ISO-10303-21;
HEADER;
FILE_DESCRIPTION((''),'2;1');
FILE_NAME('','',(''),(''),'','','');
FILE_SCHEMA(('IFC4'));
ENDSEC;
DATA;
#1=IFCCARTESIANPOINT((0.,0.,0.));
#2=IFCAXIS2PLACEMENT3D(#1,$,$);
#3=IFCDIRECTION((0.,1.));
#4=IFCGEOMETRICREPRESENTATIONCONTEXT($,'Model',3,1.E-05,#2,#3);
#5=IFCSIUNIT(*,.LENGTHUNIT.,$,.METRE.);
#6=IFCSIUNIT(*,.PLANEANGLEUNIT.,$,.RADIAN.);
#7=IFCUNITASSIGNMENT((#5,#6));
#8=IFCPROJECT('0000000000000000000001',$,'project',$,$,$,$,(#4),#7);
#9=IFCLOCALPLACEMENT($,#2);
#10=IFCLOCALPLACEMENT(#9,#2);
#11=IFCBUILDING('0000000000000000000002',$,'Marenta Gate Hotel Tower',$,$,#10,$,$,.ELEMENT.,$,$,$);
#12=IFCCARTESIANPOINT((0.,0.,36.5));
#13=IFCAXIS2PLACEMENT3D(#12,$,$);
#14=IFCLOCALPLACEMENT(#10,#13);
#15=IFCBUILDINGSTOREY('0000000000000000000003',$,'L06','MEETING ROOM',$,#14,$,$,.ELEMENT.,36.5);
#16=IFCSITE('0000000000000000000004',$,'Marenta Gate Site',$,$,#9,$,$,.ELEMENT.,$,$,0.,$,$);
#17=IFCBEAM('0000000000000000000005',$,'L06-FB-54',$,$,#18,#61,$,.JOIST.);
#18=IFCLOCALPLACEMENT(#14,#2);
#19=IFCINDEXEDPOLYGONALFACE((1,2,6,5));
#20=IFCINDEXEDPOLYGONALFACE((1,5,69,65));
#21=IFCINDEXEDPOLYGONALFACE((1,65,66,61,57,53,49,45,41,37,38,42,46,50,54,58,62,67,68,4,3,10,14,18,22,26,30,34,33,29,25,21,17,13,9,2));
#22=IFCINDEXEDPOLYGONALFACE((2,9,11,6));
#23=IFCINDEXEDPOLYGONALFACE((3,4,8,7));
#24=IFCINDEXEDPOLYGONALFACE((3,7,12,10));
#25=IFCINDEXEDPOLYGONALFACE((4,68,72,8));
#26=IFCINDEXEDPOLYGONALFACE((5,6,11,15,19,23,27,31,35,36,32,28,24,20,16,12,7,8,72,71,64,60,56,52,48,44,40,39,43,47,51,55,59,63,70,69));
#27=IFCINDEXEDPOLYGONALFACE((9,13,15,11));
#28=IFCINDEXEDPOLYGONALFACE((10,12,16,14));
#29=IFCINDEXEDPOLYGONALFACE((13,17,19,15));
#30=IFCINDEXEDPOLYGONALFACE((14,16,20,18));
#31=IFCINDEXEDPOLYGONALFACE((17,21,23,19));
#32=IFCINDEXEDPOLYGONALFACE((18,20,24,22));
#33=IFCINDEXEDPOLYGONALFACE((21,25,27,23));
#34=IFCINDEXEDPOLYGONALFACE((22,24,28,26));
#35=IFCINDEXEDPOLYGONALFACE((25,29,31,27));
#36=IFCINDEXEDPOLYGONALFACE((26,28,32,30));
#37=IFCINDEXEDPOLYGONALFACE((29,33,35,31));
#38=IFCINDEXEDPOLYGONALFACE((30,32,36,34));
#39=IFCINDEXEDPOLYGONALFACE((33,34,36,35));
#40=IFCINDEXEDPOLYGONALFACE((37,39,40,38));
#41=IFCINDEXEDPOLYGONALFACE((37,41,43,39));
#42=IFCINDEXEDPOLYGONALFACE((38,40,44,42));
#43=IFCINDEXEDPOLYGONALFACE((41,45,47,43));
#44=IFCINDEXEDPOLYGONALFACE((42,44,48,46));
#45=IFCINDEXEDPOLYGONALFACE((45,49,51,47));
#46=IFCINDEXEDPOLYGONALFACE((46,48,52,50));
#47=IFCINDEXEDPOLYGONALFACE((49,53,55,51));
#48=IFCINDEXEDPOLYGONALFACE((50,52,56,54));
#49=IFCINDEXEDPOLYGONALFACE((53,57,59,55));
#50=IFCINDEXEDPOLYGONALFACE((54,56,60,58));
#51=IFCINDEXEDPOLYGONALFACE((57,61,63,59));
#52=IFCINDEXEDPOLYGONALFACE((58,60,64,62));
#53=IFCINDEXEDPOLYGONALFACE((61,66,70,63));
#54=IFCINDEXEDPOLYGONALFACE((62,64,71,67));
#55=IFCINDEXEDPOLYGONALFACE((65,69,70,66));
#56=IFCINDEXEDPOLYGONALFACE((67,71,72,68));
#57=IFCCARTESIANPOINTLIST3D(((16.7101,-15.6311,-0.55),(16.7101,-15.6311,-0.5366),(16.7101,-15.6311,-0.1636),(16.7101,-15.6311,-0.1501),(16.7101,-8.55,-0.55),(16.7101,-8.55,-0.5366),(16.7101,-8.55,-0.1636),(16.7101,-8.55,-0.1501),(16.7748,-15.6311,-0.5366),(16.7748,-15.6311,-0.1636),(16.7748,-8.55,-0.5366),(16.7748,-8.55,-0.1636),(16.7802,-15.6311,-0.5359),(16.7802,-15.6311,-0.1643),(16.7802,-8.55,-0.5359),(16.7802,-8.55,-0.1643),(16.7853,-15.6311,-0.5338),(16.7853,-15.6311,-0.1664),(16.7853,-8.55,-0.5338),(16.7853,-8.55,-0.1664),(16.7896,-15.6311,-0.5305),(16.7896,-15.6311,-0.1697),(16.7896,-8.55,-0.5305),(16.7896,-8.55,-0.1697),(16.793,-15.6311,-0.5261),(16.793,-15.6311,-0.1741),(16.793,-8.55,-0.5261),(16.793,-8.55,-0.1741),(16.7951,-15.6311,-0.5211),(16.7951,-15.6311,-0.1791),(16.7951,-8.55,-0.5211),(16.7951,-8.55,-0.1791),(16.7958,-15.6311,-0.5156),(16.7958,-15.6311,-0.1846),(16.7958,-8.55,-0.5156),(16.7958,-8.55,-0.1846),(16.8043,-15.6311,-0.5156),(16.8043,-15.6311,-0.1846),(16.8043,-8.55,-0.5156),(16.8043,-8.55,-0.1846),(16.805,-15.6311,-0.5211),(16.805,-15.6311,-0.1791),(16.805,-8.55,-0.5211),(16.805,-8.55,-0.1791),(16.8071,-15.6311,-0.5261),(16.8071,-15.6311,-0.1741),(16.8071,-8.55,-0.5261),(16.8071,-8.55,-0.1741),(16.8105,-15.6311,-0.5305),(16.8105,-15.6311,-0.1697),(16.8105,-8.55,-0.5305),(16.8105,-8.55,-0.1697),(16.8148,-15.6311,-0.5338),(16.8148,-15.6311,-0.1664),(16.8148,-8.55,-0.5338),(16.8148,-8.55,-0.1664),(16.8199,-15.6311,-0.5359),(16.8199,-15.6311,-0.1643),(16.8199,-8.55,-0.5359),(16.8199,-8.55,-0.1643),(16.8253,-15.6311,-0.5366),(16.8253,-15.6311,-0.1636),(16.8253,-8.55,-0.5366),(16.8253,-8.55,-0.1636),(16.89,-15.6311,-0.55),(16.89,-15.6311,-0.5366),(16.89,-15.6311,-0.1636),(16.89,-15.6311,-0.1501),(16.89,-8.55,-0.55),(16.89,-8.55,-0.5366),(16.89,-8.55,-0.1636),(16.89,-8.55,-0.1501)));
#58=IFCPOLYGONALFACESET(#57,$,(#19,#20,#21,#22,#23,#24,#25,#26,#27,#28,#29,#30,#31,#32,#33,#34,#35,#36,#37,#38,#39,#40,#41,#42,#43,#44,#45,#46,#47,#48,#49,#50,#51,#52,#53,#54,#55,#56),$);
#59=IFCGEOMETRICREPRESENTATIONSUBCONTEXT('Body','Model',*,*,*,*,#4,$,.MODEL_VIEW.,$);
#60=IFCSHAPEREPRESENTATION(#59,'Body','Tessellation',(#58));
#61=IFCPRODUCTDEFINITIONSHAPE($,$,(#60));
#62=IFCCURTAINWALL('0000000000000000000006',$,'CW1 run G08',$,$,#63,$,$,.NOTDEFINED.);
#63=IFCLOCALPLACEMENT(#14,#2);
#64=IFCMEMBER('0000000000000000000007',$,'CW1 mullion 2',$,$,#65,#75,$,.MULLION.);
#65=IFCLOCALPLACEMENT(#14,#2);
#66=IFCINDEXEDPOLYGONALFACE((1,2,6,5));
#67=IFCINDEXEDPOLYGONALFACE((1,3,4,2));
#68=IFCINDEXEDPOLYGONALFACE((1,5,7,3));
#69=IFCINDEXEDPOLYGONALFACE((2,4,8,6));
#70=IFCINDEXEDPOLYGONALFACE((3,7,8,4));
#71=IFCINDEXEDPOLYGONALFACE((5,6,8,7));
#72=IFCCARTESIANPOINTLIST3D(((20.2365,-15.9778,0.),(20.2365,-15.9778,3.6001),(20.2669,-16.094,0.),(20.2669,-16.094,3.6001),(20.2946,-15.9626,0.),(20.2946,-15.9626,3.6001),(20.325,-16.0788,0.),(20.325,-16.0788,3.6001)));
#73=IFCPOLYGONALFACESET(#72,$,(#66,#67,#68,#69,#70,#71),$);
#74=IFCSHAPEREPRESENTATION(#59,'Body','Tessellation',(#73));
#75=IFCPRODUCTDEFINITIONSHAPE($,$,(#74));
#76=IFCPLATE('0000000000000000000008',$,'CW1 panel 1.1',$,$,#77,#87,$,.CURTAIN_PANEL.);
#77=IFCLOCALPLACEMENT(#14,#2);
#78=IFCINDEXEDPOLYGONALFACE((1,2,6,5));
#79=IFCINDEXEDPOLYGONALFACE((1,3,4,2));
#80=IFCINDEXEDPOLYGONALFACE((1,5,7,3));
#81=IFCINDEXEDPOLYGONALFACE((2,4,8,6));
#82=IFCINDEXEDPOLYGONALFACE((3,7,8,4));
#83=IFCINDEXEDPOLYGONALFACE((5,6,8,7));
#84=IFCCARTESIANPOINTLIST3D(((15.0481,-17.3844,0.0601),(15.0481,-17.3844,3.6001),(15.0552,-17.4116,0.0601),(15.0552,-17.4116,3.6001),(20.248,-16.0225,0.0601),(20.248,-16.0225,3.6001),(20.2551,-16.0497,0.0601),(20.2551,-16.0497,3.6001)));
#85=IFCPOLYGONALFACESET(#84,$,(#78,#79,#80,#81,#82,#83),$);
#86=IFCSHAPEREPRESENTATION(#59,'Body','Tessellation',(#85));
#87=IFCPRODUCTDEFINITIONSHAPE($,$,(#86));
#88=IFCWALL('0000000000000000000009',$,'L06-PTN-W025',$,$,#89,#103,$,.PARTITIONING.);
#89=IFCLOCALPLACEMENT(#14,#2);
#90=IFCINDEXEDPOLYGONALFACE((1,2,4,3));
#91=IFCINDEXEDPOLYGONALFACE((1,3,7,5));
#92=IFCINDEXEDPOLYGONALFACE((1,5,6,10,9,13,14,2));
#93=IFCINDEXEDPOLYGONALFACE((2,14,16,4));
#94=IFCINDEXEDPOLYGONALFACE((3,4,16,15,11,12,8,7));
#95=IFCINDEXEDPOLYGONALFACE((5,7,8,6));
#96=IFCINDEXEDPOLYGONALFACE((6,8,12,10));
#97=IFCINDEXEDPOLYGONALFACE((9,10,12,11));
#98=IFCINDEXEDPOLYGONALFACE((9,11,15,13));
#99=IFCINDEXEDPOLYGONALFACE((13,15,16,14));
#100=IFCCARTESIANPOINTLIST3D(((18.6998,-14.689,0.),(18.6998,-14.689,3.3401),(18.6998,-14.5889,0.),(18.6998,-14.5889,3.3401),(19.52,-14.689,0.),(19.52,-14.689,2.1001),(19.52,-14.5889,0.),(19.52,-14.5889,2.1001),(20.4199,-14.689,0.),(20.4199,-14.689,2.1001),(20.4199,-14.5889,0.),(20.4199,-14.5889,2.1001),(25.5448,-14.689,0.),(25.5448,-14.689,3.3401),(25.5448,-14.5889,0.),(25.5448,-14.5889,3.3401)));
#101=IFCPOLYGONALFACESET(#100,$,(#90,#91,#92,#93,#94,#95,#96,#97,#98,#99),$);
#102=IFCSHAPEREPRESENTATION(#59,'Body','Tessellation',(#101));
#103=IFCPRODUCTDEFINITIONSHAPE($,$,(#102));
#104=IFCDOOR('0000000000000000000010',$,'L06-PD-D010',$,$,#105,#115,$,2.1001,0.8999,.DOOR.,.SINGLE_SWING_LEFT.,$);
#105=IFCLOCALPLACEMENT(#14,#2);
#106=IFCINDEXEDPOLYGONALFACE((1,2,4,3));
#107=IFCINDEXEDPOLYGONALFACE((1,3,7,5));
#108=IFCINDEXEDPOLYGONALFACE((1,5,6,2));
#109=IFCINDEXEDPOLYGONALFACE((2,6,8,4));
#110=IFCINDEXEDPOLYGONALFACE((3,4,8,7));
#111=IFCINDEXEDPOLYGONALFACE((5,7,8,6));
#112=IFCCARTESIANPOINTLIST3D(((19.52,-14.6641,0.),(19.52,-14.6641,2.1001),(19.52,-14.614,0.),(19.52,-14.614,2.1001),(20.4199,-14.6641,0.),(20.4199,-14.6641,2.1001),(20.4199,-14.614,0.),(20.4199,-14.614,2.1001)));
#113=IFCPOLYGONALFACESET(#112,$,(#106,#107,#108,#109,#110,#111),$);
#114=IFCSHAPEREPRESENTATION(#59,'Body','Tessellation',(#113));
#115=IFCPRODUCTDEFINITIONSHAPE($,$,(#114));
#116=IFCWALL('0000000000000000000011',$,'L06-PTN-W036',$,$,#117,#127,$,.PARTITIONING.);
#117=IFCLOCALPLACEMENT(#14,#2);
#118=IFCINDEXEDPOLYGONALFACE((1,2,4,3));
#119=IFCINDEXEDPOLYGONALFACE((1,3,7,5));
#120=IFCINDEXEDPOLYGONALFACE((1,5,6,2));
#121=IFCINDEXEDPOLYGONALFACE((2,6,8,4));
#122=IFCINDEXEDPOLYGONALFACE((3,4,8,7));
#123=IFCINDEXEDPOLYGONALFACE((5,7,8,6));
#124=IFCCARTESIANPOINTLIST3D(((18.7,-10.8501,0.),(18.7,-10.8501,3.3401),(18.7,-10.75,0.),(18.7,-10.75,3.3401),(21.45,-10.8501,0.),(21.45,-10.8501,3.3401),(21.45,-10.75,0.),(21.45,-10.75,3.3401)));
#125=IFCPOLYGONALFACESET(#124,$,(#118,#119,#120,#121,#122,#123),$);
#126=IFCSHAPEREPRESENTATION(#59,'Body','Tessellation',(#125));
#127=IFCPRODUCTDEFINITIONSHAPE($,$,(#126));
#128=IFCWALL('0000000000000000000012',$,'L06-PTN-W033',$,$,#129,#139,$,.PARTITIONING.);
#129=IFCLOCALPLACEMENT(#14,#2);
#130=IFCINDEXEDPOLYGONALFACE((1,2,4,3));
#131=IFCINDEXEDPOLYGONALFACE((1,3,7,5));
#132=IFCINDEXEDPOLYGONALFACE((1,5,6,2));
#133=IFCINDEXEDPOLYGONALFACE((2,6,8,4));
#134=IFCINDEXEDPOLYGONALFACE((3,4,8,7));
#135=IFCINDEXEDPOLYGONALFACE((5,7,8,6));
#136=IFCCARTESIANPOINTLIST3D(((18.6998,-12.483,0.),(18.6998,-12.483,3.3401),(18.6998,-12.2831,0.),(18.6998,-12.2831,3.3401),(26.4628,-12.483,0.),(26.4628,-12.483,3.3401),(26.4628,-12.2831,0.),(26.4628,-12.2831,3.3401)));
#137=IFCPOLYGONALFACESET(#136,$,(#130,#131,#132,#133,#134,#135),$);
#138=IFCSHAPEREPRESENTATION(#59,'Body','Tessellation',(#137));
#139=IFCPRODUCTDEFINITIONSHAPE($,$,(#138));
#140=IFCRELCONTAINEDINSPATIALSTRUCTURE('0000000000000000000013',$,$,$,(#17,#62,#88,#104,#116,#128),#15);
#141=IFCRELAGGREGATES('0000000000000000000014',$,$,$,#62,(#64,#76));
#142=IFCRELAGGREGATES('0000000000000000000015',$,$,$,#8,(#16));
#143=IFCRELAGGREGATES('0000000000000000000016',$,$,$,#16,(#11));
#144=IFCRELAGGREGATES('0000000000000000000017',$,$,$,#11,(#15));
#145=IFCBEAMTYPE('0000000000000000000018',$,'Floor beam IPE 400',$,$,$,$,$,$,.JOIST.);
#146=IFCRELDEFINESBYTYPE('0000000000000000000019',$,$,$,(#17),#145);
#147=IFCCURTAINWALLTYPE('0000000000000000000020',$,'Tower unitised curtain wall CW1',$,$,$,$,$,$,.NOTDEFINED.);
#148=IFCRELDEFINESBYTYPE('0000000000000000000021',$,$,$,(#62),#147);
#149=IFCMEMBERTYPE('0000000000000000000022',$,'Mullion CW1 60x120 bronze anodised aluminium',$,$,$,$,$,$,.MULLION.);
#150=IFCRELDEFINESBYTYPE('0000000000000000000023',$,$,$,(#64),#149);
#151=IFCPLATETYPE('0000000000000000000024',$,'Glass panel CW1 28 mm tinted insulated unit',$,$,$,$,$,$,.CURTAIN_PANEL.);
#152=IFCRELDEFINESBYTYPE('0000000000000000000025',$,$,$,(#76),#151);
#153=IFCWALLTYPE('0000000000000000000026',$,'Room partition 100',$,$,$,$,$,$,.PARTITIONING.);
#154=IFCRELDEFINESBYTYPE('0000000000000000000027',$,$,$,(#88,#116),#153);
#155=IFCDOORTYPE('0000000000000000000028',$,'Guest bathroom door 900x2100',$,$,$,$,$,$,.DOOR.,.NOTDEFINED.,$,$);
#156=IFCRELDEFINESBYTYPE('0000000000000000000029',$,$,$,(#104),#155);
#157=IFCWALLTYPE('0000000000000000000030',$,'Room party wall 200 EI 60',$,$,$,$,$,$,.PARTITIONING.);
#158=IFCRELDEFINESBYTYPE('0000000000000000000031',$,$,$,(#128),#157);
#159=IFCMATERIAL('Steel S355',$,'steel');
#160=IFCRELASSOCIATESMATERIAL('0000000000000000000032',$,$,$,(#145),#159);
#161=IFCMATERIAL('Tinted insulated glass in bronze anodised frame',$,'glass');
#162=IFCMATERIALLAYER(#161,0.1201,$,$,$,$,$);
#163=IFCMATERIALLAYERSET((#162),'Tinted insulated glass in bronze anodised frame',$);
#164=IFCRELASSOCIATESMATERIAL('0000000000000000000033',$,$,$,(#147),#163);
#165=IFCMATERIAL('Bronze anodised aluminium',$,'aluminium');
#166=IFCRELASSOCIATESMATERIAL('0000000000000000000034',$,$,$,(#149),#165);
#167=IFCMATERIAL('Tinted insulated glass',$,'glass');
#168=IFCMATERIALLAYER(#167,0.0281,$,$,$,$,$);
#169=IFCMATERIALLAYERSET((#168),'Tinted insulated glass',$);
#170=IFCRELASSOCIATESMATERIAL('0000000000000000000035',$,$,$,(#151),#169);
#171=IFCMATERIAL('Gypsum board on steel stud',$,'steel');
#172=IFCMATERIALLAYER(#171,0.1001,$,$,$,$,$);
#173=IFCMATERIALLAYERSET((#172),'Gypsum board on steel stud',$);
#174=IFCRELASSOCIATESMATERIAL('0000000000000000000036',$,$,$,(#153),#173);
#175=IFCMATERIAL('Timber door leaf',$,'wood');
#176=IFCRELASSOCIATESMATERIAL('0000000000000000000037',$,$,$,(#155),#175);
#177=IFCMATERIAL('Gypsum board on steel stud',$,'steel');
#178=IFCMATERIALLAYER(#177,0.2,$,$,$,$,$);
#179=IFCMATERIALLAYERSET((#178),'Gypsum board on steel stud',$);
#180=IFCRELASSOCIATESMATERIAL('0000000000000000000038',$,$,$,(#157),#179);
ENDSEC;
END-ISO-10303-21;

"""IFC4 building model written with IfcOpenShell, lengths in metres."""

from ifc_helpers import new_model, si_unit, direction, frame, frame_2d, origin, origin_2d, place, context, subcontext, project, spatial, rectangle, i_section, extrude, material, layer, layer_set, material_profile, profile_set, type_object, element, fill, aggregate, save


model = new_model("IFC4")

# Units and contexts
model_context = context("Model", 3, precision=1e-05, world=origin(), true_north=direction((0.0, 1.0)))
body_context = subcontext(model_context, "Body", "Model", "MODEL_VIEW")
ifc_project = project(units=[si_unit("LENGTHUNIT", "METRE"), si_unit("PLANEANGLEUNIT", "RADIAN")], contexts=[model_context])

# Site, building, storey
site_placement = place(None, origin())
site = spatial("IfcSite", under=ifc_project, at=site_placement, Name="Marenta Gate Site", CompositionType="ELEMENT", RefElevation=0.0)
building_placement = place(site_placement, origin())
building = spatial("IfcBuilding", under=site, at=building_placement, Name="Marenta Gate Hotel Tower", CompositionType="ELEMENT")
storey_placement = place(building_placement, frame((0.0, 0.0, 36.5)))
storey = spatial("IfcBuildingStorey", under=building, at=storey_placement, Name="L06", Description="MEETING ROOM", CompositionType="ELEMENT", Elevation=36.5)

# Beam
ifc_material_1 = material(Name="Steel S355", Category="steel")
ifc_material_profile_1 = material_profile(ifc_material_1, i_section(OverallWidth=0.1799, OverallDepth=0.3999, WebThickness=0.0085, FlangeThickness=0.0134, FilletRadius=0.021, at=origin_2d()), Name="IPE 400")
ifc_profile_set_1 = profile_set([ifc_material_profile_1], Name="Steel S355")
beam_type = type_object("IfcBeamType", Name="Floor beam IPE 400", PredefinedType="JOIST", material=ifc_profile_set_1)
beam_placement = place(storey_placement, frame((16.8, -15.6311, -0.3501), z_axis=(0.0, 1.0, 0.0), x_axis=(-1.0, 0.0, 0.0)))
element("IfcBeam", 1, at=beam_placement, inside=storey, type_object=beam_type, Name="L06-FB-54", PredefinedType="JOIST", context=body_context, shape_type="SweptSolid", body=[
    extrude(i_section(OverallWidth=0.1799, OverallDepth=0.3999, WebThickness=0.0085, FlangeThickness=0.0134, FilletRadius=0.021, at=origin_2d()), origin(), (0.0, 0.0, 1.0), 7.0811),
])

# Curtain wall, member, plate
ifc_material_2 = material(Name="Tinted insulated glass in bronze anodised frame", Category="glass")
ifc_layer_1 = layer(ifc_material_2, 0.1201)
ifc_layer_set_1 = layer_set([ifc_layer_1], Name="Tinted insulated glass in bronze anodised frame")
curtain_wall_type = type_object("IfcCurtainWallType", Name="Tower unitised curtain wall CW1", PredefinedType="NOTDEFINED", material=ifc_layer_set_1)
curtain_wall_placement = place(storey_placement, origin())
curtain_wall = element("IfcCurtainWall", 2, at=curtain_wall_placement, inside=storey, type_object=curtain_wall_type, Name="CW1 run G08", PredefinedType="NOTDEFINED")
ifc_material_3 = material(Name="Bronze anodised aluminium", Category="aluminium")
ifc_material_profile_2 = material_profile(ifc_material_3, rectangle(XDim=0.1201, YDim=0.0601, at=origin_2d()), Name="Mullion CW1 60x120 bronze anodised aluminium")
ifc_profile_set_2 = profile_set([ifc_material_profile_2], Name="Bronze anodised aluminium")
member_type = type_object("IfcMemberType", Name="Mullion CW1 60x120 bronze anodised aluminium", PredefinedType="MULLION", material=ifc_profile_set_2)
member_placement = place(storey_placement, frame((20.2808, -16.0283, 0.0), z_axis=(0.0, 0.0, 1.0), x_axis=(-0.253372, 0.967369, 0.0)))
member = element("IfcMember", 3, at=member_placement, type_object=member_type, Name="CW1 mullion 2", PredefinedType="MULLION", context=body_context, shape_type="SweptSolid", body=[
    extrude(rectangle(XDim=0.1201, YDim=0.0601, at=origin_2d()), origin(), (0.0, 0.0, 1.0), 3.6001),
])
ifc_material_4 = material(Name="Tinted insulated glass", Category="glass")
ifc_layer_2 = layer(ifc_material_4, 0.0281)
ifc_layer_set_2 = layer_set([ifc_layer_2], Name="Tinted insulated glass")
plate_type = type_object("IfcPlateType", Name="Glass panel CW1 28 mm tinted insulated unit", PredefinedType="CURTAIN_PANEL", material=ifc_layer_set_2)
plate_placement = place(storey_placement, frame((17.6516, -16.717, 0.0601), z_axis=(0.0, 0.0, 1.0), x_axis=(0.967369, 0.253372, 0.0)))
plate = element("IfcPlate", 4, at=plate_placement, type_object=plate_type, Name="CW1 panel 1.1", PredefinedType="CURTAIN_PANEL", context=body_context, shape_type="SweptSolid", body=[
    extrude(rectangle(XDim=5.3752, YDim=0.0281, at=origin_2d()), origin(), (0.0, 0.0, 1.0), 3.54),
])
aggregate(curtain_wall, [member, plate])

# Wall, opening, door
ifc_material_5 = material(Name="Gypsum board on steel stud", Category="steel")
ifc_layer_3 = layer(ifc_material_5, 0.1001)
ifc_layer_set_3 = layer_set([ifc_layer_3], Name="Gypsum board on steel stud")
wall_type_1 = type_object("IfcWallType", Name="Room partition 100", PredefinedType="PARTITIONING", material=ifc_layer_set_3)
wall_1_placement = place(storey_placement, frame((18.7, -14.6389, 0.0), z_axis=(0.0, 0.0, 1.0), x_axis=(1.0, 0.0, 0.0)))
wall_1 = element("IfcWall", 5, at=wall_1_placement, inside=storey, type_object=wall_type_1, Name="L06-PTN-W025", PredefinedType="PARTITIONING", context=body_context, shape_type="SweptSolid", body=[
    extrude(rectangle(XDim=6.845, YDim=0.1001, at=frame_2d((3.4224, 0.0))), origin(), (0.0, 0.0, 1.0), 3.3401),
])
opening_1_placement = place(wall_1_placement, frame((0.8201, 0.0, 0.0)))
opening_1 = element("IfcOpeningElement", 6, at=opening_1_placement, cuts=wall_1, PredefinedType="OPENING", context=body_context, shape_type="SweptSolid", body=[
    extrude(rectangle(XDim=0.8999, YDim=2.1001, at=frame_2d((0.45, 1.05))), frame((0.0, 0.05, 0.0), z_axis=(0.0, -1.0, 0.0), x_axis=(1.0, 0.0, 0.0)), (0.0, 0.0, 1.0), 0.1001),
])
ifc_material_6 = material(Name="Timber door leaf", Category="wood")
door_type_1 = type_object("IfcDoorType", Name="Guest bathroom door 900x2100", OperationType="NOTDEFINED", PredefinedType="DOOR", material=ifc_material_6)
door_1_placement = place(opening_1_placement, origin())
door_1 = element("IfcDoor", 7, at=door_1_placement, inside=storey, type_object=door_type_1, Name="L06-PD-D010", OperationType="SINGLE_SWING_LEFT", OverallHeight=2.1001, OverallWidth=0.8999, PredefinedType="DOOR", context=body_context, shape_type="SweptSolid", body=[
    extrude(rectangle(XDim=0.8999, YDim=2.1001, at=frame_2d((0.45, 1.05))), frame((0.0, 0.0249, 0.0), z_axis=(0.0, -1.0, 0.0), x_axis=(1.0, 0.0, 0.0)), (0.0, 0.0, 1.0), 0.05),
])
fill(opening_1, door_1)

# Walls
wall_2_placement = place(storey_placement, frame((18.7, -10.8, 0.0), z_axis=(0.0, 0.0, 1.0), x_axis=(1.0, 0.0, 0.0)))
element("IfcWall", 8, at=wall_2_placement, inside=storey, type_object=wall_type_1, Name="L06-PTN-W036", PredefinedType="PARTITIONING", context=body_context, shape_type="SweptSolid", body=[
    extrude(rectangle(XDim=2.75, YDim=0.1001, at=frame_2d((1.375, 0.0))), origin(), (0.0, 0.0, 1.0), 3.3401),
])
ifc_material_7 = material(Name="Gypsum board on steel stud", Category="steel")
ifc_layer_4 = layer(ifc_material_7, 0.2)
ifc_layer_set_4 = layer_set([ifc_layer_4], Name="Gypsum board on steel stud")
wall_type_2 = type_object("IfcWallType", Name="Room party wall 200 EI 60", PredefinedType="PARTITIONING", material=ifc_layer_set_4)
wall_3_placement = place(storey_placement, frame((18.7, -12.3831, 0.0), z_axis=(0.0, 0.0, 1.0), x_axis=(1.0, 0.0, 0.0)))
element("IfcWall", 9, at=wall_3_placement, inside=storey, type_object=wall_type_2, Name="L06-PTN-W033", PredefinedType="PARTITIONING", context=body_context, shape_type="SweptSolid", body=[
    extrude(rectangle(XDim=7.7629, YDim=0.2, at=frame_2d((3.8813, 0.0))), origin(), (0.0, 0.0, 1.0), 3.3401),
])

save(model, "model.ifc")
